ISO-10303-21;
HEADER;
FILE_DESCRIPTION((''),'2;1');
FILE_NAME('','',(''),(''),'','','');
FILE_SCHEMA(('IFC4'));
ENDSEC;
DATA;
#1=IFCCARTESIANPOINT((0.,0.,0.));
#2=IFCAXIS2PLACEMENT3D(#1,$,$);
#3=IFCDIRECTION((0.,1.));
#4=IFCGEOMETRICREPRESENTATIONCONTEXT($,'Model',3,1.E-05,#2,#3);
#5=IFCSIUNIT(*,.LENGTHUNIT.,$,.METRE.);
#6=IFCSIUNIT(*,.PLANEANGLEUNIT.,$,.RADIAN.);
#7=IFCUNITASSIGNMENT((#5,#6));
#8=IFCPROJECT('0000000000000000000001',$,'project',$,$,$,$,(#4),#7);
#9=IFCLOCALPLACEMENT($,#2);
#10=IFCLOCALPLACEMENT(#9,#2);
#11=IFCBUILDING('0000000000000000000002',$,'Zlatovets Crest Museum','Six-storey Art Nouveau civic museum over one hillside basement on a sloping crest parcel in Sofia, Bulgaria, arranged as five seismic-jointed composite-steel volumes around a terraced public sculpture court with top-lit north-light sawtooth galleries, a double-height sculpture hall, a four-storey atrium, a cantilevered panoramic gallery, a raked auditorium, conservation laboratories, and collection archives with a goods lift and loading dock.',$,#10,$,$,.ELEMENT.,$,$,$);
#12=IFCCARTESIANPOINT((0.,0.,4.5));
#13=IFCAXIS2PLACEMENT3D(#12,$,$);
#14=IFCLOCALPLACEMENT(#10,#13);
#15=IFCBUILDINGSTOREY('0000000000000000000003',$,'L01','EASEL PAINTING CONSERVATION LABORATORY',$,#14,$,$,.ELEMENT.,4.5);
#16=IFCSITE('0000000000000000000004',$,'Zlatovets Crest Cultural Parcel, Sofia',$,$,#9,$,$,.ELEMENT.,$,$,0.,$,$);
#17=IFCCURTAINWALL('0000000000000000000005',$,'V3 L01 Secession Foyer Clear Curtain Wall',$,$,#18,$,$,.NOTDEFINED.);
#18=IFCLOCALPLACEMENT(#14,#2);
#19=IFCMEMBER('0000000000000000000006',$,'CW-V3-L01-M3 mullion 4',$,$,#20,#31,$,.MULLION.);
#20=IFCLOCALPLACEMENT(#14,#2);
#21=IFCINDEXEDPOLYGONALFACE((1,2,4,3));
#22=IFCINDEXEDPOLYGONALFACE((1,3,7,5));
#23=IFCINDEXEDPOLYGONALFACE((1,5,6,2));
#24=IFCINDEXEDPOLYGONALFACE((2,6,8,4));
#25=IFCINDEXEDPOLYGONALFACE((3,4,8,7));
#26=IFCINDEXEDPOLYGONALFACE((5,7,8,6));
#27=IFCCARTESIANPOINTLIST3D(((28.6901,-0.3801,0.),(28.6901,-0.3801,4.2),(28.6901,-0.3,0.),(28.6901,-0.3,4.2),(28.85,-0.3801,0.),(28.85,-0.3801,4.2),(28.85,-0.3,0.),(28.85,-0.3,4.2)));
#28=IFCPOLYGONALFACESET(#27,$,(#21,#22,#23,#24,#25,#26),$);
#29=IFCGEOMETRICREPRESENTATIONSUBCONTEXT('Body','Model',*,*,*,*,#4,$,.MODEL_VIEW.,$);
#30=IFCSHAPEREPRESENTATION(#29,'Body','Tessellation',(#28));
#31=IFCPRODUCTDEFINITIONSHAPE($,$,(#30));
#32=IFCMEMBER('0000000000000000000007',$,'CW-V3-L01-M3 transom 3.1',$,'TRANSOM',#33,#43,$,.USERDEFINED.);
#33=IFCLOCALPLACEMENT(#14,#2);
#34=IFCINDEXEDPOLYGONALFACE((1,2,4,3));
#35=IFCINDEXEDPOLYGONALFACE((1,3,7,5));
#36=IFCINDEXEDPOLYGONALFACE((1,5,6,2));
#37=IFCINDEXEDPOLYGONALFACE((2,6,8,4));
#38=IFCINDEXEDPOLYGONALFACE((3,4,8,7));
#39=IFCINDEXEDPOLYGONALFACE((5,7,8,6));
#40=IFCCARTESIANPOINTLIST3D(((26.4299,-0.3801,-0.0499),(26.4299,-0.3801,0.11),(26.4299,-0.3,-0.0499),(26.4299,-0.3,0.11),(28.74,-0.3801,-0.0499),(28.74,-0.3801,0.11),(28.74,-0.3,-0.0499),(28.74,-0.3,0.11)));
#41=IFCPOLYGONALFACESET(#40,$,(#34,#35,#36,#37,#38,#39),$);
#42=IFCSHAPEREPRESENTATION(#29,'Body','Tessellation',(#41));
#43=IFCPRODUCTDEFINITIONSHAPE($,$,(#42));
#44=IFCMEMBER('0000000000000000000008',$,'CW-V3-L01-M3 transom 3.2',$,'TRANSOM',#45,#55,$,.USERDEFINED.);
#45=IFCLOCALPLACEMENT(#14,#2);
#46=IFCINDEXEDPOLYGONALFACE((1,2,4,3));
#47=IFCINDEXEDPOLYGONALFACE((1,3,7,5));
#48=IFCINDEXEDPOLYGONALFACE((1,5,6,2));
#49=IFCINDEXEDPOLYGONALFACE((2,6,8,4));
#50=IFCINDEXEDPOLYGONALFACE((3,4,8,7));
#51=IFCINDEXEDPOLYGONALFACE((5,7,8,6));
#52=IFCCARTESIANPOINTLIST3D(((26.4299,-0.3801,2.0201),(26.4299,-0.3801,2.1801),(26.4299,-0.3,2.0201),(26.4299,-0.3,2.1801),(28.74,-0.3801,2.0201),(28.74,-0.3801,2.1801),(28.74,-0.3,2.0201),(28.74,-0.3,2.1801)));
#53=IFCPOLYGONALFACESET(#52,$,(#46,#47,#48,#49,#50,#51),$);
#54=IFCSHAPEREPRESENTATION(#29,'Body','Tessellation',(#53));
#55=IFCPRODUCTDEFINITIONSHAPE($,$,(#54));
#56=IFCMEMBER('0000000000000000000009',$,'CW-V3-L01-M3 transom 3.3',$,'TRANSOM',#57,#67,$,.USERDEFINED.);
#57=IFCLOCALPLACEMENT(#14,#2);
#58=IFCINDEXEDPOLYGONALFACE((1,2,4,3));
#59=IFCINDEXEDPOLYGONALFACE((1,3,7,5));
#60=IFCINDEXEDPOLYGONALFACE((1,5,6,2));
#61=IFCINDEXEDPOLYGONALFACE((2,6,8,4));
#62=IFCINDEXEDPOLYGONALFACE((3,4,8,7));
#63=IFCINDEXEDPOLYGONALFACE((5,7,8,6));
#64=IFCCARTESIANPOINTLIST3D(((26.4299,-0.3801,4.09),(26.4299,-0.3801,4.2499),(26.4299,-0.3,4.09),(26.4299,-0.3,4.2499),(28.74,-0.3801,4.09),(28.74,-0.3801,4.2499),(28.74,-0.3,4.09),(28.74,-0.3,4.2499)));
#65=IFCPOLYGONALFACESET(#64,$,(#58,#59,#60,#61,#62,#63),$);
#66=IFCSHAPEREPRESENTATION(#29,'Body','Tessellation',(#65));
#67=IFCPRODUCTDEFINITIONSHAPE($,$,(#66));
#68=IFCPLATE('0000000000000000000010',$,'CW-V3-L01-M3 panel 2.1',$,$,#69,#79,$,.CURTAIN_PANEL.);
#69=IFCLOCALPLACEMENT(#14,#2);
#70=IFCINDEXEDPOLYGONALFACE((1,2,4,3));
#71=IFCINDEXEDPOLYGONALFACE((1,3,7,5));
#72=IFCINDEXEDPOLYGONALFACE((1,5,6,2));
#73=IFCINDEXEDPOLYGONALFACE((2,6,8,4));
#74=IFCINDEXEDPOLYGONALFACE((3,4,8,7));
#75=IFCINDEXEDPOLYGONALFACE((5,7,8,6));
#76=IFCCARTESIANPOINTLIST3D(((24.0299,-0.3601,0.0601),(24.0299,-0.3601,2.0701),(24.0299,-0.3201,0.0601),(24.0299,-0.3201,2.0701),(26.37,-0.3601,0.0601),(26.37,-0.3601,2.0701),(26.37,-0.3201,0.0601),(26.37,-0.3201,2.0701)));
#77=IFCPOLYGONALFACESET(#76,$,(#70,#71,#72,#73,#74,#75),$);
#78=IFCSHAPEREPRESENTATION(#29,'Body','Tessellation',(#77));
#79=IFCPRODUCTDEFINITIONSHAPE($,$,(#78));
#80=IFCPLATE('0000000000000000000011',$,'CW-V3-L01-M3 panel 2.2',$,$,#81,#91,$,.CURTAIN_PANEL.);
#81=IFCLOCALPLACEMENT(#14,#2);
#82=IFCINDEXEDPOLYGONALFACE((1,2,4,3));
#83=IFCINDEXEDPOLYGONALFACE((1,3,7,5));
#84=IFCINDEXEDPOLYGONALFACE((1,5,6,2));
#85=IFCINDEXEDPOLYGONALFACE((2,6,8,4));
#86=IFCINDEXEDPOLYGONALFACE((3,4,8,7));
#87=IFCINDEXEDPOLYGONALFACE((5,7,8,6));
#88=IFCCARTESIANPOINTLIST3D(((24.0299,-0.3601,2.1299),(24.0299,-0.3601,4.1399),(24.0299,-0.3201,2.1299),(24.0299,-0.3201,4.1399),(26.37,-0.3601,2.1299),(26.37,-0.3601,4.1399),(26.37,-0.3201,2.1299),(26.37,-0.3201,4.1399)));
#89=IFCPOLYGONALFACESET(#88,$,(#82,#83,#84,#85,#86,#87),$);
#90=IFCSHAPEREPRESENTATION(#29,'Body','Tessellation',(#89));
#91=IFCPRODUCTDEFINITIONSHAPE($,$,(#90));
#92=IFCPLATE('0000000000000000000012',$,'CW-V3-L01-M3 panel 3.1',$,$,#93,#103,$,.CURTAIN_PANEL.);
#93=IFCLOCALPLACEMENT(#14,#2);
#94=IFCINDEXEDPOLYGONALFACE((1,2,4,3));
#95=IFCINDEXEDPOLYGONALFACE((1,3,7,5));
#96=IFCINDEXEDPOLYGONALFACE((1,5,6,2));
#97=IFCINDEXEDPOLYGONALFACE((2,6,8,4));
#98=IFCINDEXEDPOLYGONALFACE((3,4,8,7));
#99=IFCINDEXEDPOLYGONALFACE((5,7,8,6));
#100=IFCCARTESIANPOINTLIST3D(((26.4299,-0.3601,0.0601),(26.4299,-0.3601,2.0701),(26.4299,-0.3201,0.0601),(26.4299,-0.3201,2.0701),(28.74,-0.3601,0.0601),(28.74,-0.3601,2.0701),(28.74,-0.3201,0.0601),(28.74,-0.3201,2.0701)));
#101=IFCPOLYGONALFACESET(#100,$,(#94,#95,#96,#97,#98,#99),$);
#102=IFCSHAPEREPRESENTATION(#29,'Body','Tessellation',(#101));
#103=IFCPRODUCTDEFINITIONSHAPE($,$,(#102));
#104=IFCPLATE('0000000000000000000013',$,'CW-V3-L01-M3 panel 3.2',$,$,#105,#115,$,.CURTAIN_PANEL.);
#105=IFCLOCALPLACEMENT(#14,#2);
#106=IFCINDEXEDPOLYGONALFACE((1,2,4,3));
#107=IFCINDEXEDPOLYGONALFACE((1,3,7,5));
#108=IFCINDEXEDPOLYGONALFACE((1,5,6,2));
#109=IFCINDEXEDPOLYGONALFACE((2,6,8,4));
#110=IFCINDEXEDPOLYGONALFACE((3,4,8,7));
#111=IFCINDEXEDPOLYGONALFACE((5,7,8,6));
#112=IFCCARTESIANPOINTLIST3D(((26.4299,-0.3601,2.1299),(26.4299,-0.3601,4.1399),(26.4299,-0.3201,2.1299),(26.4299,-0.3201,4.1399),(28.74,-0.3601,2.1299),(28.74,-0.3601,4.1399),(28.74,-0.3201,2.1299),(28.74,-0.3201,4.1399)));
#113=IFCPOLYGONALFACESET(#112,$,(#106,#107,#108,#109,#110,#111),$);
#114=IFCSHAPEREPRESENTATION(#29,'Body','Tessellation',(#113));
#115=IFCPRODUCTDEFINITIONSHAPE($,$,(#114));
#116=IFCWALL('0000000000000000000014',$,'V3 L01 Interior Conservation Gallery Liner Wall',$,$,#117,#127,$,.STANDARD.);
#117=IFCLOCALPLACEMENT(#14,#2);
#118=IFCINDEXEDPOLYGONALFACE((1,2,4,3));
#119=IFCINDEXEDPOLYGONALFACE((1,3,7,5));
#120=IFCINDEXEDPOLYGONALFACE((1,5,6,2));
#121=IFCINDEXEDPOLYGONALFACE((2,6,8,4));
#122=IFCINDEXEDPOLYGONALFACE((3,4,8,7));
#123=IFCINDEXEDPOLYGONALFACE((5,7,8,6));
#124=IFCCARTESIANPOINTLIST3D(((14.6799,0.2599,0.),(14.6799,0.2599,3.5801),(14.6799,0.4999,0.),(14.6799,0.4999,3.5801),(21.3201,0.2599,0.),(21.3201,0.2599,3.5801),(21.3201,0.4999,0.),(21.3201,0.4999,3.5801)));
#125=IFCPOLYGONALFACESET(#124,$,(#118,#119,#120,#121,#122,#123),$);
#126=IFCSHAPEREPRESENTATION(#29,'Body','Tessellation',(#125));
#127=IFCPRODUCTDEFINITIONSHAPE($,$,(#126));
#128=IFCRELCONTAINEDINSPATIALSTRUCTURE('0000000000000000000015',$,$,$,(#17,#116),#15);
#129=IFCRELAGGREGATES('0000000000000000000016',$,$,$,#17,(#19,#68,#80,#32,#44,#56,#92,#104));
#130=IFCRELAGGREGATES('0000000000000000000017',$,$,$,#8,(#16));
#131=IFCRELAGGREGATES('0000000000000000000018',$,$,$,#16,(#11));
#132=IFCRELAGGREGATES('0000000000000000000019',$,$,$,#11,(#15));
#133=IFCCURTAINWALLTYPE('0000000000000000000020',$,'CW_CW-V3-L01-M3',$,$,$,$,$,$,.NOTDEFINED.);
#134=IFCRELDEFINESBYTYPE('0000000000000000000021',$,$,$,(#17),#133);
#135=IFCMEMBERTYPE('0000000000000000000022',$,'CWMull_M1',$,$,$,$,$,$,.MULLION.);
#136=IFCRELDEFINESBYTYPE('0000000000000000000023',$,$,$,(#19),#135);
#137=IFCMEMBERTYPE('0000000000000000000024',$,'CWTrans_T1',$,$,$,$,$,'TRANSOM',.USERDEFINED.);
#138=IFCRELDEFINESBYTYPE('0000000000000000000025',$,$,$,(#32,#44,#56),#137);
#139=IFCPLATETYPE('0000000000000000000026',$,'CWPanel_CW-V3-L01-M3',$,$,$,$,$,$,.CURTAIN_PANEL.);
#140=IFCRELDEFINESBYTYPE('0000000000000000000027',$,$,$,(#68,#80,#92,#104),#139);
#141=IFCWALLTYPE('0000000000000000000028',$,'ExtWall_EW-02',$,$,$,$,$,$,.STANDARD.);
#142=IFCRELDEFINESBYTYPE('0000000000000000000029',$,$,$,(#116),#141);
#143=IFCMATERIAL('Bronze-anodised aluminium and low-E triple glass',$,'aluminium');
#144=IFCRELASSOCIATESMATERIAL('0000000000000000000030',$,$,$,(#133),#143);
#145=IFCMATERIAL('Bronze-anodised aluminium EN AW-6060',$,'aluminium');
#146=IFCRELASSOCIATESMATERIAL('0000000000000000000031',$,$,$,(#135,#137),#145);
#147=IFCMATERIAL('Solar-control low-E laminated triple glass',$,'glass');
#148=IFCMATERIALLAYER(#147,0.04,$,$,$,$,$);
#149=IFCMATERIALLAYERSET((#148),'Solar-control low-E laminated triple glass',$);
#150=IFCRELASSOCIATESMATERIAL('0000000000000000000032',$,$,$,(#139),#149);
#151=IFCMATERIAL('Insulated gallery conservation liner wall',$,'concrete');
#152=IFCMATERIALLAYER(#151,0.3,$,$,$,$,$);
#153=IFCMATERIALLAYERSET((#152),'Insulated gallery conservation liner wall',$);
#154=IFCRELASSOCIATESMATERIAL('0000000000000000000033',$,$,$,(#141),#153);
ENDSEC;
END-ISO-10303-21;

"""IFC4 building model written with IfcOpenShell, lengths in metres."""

from ifc_helpers import new_model, si_unit, direction, frame, frame_2d, origin, origin_2d, place, context, subcontext, project, spatial, rectangle, extrude, material, layer, layer_set, material_profile, profile_set, type_object, element, aggregate, save


model = new_model("IFC4")

# Units and contexts
model_context = context("Model", 3, precision=1e-05, world=origin(), true_north=direction((0.0, 1.0)))
body_context = subcontext(model_context, "Body", "Model", "MODEL_VIEW")
ifc_project = project(units=[si_unit("LENGTHUNIT", "METRE"), si_unit("PLANEANGLEUNIT", "RADIAN")], contexts=[model_context])

# Site, building, storey
site_placement = place(None, origin())
site = spatial("IfcSite", under=ifc_project, at=site_placement, Name="Zlatovets Crest Cultural Parcel, Sofia", CompositionType="ELEMENT", RefElevation=0.0)
building_placement = place(site_placement, origin())
building = spatial("IfcBuilding", under=site, at=building_placement, Name="Zlatovets Crest Museum", Description="Six-storey Art Nouveau civic museum over one hillside basement on a sloping crest parcel in Sofia, Bulgaria, arranged as five seismic-jointed composite-steel volumes around a terraced public sculpture court with top-lit north-light sawtooth galleries, a double-height sculpture hall, a four-storey atrium, a cantilevered panoramic gallery, a raked auditorium, conservation laboratories, and collection archives with a goods lift and loading dock.", CompositionType="ELEMENT")
storey_placement = place(building_placement, frame((0.0, 0.0, 4.5)))
storey = spatial("IfcBuildingStorey", under=building, at=storey_placement, Name="L01", Description="EASEL PAINTING CONSERVATION LABORATORY", CompositionType="ELEMENT", Elevation=4.5)

# Curtain wall, members, plates
ifc_material_1 = material(Name="Bronze-anodised aluminium and low-E triple glass", Category="aluminium")
curtain_wall_type = type_object("IfcCurtainWallType", Name="CW_CW-V3-L01-M3", PredefinedType="NOTDEFINED", material=ifc_material_1)
curtain_wall_placement = place(storey_placement, origin())
curtain_wall = element("IfcCurtainWall", 1, at=curtain_wall_placement, inside=storey, type_object=curtain_wall_type, Name="V3 L01 Secession Foyer Clear Curtain Wall", PredefinedType="NOTDEFINED")
ifc_material_2 = material(Name="Bronze-anodised aluminium EN AW-6060", Category="aluminium")
ifc_material_profile_1 = material_profile(ifc_material_2, rectangle(XDim=0.0801, YDim=0.1599, at=origin_2d()), Name="ALU 80x160")
ifc_profile_set_1 = profile_set([ifc_material_profile_1], Name="Bronze-anodised aluminium EN AW-6060")
member_type_1 = type_object("IfcMemberType", Name="CWMull_M1", PredefinedType="MULLION", material=ifc_profile_set_1)
member_1_placement = place(storey_placement, frame((28.77, -0.3401, 0.0), z_axis=(0.0, 0.0, 1.0), x_axis=(0.0, 1.0, 0.0)))
member_1 = element("IfcMember", 2, at=member_1_placement, type_object=member_type_1, Name="CW-V3-L01-M3 mullion 4", PredefinedType="MULLION", context=body_context, shape_type="SweptSolid", body=[
    extrude(rectangle(XDim=0.0801, YDim=0.1599, at=origin_2d()), origin(), (0.0, 0.0, 1.0), 4.2),
])
ifc_material_profile_2 = material_profile(ifc_material_2, rectangle(XDim=0.0801, YDim=0.1599, at=origin_2d()), Name="ALU 80x160")
ifc_profile_set_2 = profile_set([ifc_material_profile_2], Name="Bronze-anodised aluminium EN AW-6060")
member_type_2 = type_object("IfcMemberType", Name="CWTrans_T1", ElementType="TRANSOM", PredefinedType="USERDEFINED", material=ifc_profile_set_2)
member_2_placement = place(storey_placement, frame((26.4299, -0.3401, 0.03), z_axis=(1.0, 0.0, 0.0), x_axis=(0.0, 1.0, 0.0)))
member_2 = element("IfcMember", 3, at=member_2_placement, type_object=member_type_2, Name="CW-V3-L01-M3 transom 3.1", ObjectType="TRANSOM", PredefinedType="USERDEFINED", context=body_context, shape_type="SweptSolid", body=[
    extrude(rectangle(XDim=0.0801, YDim=0.1599, at=origin_2d()), origin(), (0.0, 0.0, 1.0), 2.3101),
])
member_3_placement = place(storey_placement, frame((26.4299, -0.3401, 2.1001), z_axis=(1.0, 0.0, 0.0), x_axis=(0.0, 1.0, 0.0)))
member_3 = element("IfcMember", 4, at=member_3_placement, type_object=member_type_2, Name="CW-V3-L01-M3 transom 3.2", ObjectType="TRANSOM", PredefinedType="USERDEFINED", context=body_context, shape_type="SweptSolid", body=[
    extrude(rectangle(XDim=0.0801, YDim=0.1599, at=origin_2d()), origin(), (0.0, 0.0, 1.0), 2.3101),
])
member_4_placement = place(storey_placement, frame((26.4299, -0.3401, 4.1699), z_axis=(1.0, 0.0, 0.0), x_axis=(0.0, 1.0, 0.0)))
member_4 = element("IfcMember", 5, at=member_4_placement, type_object=member_type_2, Name="CW-V3-L01-M3 transom 3.3", ObjectType="TRANSOM", PredefinedType="USERDEFINED", context=body_context, shape_type="SweptSolid", body=[
    extrude(rectangle(XDim=0.0801, YDim=0.1599, at=origin_2d()), origin(), (0.0, 0.0, 1.0), 2.3101),
])
ifc_material_3 = material(Name="Solar-control low-E laminated triple glass", Category="glass")
ifc_layer_1 = layer(ifc_material_3, 0.04)
ifc_layer_set_1 = layer_set([ifc_layer_1], Name="Solar-control low-E laminated triple glass")
plate_type = type_object("IfcPlateType", Name="CWPanel_CW-V3-L01-M3", PredefinedType="CURTAIN_PANEL", material=ifc_layer_set_1)
plate_1_placement = place(storey_placement, frame((25.2, -0.3401, 0.0601), z_axis=(0.0, 0.0, 1.0), x_axis=(1.0, 0.0, 0.0)))
plate_1 = element("IfcPlate", 6, at=plate_1_placement, type_object=plate_type, Name="CW-V3-L01-M3 panel 2.1", PredefinedType="CURTAIN_PANEL", context=body_context, shape_type="SweptSolid", body=[
    extrude(rectangle(XDim=2.3401, YDim=0.04, at=origin_2d()), origin(), (0.0, 0.0, 1.0), 2.01),
])
plate_2_placement = place(storey_placement, frame((25.2, -0.3401, 2.1299), z_axis=(0.0, 0.0, 1.0), x_axis=(1.0, 0.0, 0.0)))
plate_2 = element("IfcPlate", 7, at=plate_2_placement, type_object=plate_type, Name="CW-V3-L01-M3 panel 2.2", PredefinedType="CURTAIN_PANEL", context=body_context, shape_type="SweptSolid", body=[
    extrude(rectangle(XDim=2.3401, YDim=0.04, at=origin_2d()), origin(), (0.0, 0.0, 1.0), 2.01),
])
plate_3_placement = place(storey_placement, frame((27.585, -0.3401, 0.0601), z_axis=(0.0, 0.0, 1.0), x_axis=(1.0, 0.0, 0.0)))
plate_3 = element("IfcPlate", 8, at=plate_3_placement, type_object=plate_type, Name="CW-V3-L01-M3 panel 3.1", PredefinedType="CURTAIN_PANEL", context=body_context, shape_type="SweptSolid", body=[
    extrude(rectangle(XDim=2.3101, YDim=0.04, at=origin_2d()), origin(), (0.0, 0.0, 1.0), 2.01),
])
plate_4_placement = place(storey_placement, frame((27.585, -0.3401, 2.1299), z_axis=(0.0, 0.0, 1.0), x_axis=(1.0, 0.0, 0.0)))
plate_4 = element("IfcPlate", 9, at=plate_4_placement, type_object=plate_type, Name="CW-V3-L01-M3 panel 3.2", PredefinedType="CURTAIN_PANEL", context=body_context, shape_type="SweptSolid", body=[
    extrude(rectangle(XDim=2.3101, YDim=0.04, at=origin_2d()), origin(), (0.0, 0.0, 1.0), 2.01),
])
aggregate(curtain_wall, [member_1, plate_1, plate_2, member_2, member_3, member_4, plate_3, plate_4])

# Wall
ifc_material_4 = material(Name="Insulated gallery conservation liner wall", Category="concrete")
ifc_layer_2 = layer(ifc_material_4, 0.3)
ifc_layer_set_2 = layer_set([ifc_layer_2], Name="Insulated gallery conservation liner wall")
wall_type = type_object("IfcWallType", Name="ExtWall_EW-02", PredefinedType="STANDARD", material=ifc_layer_set_2)
wall_placement = place(storey_placement, frame((14.6799, 0.3799, 0.0), z_axis=(0.0, 0.0, 1.0), x_axis=(1.0, 0.0, 0.0)))
element("IfcWall", 10, at=wall_placement, inside=storey, type_object=wall_type, Name="V3 L01 Interior Conservation Gallery Liner Wall", PredefinedType="STANDARD", context=body_context, shape_type="SweptSolid", body=[
    extrude(rectangle(XDim=6.6401, YDim=0.24, at=frame_2d((3.3201, 0.0))), origin(), (0.0, 0.0, 1.0), 3.5801),
])

save(model, "model.ifc")
